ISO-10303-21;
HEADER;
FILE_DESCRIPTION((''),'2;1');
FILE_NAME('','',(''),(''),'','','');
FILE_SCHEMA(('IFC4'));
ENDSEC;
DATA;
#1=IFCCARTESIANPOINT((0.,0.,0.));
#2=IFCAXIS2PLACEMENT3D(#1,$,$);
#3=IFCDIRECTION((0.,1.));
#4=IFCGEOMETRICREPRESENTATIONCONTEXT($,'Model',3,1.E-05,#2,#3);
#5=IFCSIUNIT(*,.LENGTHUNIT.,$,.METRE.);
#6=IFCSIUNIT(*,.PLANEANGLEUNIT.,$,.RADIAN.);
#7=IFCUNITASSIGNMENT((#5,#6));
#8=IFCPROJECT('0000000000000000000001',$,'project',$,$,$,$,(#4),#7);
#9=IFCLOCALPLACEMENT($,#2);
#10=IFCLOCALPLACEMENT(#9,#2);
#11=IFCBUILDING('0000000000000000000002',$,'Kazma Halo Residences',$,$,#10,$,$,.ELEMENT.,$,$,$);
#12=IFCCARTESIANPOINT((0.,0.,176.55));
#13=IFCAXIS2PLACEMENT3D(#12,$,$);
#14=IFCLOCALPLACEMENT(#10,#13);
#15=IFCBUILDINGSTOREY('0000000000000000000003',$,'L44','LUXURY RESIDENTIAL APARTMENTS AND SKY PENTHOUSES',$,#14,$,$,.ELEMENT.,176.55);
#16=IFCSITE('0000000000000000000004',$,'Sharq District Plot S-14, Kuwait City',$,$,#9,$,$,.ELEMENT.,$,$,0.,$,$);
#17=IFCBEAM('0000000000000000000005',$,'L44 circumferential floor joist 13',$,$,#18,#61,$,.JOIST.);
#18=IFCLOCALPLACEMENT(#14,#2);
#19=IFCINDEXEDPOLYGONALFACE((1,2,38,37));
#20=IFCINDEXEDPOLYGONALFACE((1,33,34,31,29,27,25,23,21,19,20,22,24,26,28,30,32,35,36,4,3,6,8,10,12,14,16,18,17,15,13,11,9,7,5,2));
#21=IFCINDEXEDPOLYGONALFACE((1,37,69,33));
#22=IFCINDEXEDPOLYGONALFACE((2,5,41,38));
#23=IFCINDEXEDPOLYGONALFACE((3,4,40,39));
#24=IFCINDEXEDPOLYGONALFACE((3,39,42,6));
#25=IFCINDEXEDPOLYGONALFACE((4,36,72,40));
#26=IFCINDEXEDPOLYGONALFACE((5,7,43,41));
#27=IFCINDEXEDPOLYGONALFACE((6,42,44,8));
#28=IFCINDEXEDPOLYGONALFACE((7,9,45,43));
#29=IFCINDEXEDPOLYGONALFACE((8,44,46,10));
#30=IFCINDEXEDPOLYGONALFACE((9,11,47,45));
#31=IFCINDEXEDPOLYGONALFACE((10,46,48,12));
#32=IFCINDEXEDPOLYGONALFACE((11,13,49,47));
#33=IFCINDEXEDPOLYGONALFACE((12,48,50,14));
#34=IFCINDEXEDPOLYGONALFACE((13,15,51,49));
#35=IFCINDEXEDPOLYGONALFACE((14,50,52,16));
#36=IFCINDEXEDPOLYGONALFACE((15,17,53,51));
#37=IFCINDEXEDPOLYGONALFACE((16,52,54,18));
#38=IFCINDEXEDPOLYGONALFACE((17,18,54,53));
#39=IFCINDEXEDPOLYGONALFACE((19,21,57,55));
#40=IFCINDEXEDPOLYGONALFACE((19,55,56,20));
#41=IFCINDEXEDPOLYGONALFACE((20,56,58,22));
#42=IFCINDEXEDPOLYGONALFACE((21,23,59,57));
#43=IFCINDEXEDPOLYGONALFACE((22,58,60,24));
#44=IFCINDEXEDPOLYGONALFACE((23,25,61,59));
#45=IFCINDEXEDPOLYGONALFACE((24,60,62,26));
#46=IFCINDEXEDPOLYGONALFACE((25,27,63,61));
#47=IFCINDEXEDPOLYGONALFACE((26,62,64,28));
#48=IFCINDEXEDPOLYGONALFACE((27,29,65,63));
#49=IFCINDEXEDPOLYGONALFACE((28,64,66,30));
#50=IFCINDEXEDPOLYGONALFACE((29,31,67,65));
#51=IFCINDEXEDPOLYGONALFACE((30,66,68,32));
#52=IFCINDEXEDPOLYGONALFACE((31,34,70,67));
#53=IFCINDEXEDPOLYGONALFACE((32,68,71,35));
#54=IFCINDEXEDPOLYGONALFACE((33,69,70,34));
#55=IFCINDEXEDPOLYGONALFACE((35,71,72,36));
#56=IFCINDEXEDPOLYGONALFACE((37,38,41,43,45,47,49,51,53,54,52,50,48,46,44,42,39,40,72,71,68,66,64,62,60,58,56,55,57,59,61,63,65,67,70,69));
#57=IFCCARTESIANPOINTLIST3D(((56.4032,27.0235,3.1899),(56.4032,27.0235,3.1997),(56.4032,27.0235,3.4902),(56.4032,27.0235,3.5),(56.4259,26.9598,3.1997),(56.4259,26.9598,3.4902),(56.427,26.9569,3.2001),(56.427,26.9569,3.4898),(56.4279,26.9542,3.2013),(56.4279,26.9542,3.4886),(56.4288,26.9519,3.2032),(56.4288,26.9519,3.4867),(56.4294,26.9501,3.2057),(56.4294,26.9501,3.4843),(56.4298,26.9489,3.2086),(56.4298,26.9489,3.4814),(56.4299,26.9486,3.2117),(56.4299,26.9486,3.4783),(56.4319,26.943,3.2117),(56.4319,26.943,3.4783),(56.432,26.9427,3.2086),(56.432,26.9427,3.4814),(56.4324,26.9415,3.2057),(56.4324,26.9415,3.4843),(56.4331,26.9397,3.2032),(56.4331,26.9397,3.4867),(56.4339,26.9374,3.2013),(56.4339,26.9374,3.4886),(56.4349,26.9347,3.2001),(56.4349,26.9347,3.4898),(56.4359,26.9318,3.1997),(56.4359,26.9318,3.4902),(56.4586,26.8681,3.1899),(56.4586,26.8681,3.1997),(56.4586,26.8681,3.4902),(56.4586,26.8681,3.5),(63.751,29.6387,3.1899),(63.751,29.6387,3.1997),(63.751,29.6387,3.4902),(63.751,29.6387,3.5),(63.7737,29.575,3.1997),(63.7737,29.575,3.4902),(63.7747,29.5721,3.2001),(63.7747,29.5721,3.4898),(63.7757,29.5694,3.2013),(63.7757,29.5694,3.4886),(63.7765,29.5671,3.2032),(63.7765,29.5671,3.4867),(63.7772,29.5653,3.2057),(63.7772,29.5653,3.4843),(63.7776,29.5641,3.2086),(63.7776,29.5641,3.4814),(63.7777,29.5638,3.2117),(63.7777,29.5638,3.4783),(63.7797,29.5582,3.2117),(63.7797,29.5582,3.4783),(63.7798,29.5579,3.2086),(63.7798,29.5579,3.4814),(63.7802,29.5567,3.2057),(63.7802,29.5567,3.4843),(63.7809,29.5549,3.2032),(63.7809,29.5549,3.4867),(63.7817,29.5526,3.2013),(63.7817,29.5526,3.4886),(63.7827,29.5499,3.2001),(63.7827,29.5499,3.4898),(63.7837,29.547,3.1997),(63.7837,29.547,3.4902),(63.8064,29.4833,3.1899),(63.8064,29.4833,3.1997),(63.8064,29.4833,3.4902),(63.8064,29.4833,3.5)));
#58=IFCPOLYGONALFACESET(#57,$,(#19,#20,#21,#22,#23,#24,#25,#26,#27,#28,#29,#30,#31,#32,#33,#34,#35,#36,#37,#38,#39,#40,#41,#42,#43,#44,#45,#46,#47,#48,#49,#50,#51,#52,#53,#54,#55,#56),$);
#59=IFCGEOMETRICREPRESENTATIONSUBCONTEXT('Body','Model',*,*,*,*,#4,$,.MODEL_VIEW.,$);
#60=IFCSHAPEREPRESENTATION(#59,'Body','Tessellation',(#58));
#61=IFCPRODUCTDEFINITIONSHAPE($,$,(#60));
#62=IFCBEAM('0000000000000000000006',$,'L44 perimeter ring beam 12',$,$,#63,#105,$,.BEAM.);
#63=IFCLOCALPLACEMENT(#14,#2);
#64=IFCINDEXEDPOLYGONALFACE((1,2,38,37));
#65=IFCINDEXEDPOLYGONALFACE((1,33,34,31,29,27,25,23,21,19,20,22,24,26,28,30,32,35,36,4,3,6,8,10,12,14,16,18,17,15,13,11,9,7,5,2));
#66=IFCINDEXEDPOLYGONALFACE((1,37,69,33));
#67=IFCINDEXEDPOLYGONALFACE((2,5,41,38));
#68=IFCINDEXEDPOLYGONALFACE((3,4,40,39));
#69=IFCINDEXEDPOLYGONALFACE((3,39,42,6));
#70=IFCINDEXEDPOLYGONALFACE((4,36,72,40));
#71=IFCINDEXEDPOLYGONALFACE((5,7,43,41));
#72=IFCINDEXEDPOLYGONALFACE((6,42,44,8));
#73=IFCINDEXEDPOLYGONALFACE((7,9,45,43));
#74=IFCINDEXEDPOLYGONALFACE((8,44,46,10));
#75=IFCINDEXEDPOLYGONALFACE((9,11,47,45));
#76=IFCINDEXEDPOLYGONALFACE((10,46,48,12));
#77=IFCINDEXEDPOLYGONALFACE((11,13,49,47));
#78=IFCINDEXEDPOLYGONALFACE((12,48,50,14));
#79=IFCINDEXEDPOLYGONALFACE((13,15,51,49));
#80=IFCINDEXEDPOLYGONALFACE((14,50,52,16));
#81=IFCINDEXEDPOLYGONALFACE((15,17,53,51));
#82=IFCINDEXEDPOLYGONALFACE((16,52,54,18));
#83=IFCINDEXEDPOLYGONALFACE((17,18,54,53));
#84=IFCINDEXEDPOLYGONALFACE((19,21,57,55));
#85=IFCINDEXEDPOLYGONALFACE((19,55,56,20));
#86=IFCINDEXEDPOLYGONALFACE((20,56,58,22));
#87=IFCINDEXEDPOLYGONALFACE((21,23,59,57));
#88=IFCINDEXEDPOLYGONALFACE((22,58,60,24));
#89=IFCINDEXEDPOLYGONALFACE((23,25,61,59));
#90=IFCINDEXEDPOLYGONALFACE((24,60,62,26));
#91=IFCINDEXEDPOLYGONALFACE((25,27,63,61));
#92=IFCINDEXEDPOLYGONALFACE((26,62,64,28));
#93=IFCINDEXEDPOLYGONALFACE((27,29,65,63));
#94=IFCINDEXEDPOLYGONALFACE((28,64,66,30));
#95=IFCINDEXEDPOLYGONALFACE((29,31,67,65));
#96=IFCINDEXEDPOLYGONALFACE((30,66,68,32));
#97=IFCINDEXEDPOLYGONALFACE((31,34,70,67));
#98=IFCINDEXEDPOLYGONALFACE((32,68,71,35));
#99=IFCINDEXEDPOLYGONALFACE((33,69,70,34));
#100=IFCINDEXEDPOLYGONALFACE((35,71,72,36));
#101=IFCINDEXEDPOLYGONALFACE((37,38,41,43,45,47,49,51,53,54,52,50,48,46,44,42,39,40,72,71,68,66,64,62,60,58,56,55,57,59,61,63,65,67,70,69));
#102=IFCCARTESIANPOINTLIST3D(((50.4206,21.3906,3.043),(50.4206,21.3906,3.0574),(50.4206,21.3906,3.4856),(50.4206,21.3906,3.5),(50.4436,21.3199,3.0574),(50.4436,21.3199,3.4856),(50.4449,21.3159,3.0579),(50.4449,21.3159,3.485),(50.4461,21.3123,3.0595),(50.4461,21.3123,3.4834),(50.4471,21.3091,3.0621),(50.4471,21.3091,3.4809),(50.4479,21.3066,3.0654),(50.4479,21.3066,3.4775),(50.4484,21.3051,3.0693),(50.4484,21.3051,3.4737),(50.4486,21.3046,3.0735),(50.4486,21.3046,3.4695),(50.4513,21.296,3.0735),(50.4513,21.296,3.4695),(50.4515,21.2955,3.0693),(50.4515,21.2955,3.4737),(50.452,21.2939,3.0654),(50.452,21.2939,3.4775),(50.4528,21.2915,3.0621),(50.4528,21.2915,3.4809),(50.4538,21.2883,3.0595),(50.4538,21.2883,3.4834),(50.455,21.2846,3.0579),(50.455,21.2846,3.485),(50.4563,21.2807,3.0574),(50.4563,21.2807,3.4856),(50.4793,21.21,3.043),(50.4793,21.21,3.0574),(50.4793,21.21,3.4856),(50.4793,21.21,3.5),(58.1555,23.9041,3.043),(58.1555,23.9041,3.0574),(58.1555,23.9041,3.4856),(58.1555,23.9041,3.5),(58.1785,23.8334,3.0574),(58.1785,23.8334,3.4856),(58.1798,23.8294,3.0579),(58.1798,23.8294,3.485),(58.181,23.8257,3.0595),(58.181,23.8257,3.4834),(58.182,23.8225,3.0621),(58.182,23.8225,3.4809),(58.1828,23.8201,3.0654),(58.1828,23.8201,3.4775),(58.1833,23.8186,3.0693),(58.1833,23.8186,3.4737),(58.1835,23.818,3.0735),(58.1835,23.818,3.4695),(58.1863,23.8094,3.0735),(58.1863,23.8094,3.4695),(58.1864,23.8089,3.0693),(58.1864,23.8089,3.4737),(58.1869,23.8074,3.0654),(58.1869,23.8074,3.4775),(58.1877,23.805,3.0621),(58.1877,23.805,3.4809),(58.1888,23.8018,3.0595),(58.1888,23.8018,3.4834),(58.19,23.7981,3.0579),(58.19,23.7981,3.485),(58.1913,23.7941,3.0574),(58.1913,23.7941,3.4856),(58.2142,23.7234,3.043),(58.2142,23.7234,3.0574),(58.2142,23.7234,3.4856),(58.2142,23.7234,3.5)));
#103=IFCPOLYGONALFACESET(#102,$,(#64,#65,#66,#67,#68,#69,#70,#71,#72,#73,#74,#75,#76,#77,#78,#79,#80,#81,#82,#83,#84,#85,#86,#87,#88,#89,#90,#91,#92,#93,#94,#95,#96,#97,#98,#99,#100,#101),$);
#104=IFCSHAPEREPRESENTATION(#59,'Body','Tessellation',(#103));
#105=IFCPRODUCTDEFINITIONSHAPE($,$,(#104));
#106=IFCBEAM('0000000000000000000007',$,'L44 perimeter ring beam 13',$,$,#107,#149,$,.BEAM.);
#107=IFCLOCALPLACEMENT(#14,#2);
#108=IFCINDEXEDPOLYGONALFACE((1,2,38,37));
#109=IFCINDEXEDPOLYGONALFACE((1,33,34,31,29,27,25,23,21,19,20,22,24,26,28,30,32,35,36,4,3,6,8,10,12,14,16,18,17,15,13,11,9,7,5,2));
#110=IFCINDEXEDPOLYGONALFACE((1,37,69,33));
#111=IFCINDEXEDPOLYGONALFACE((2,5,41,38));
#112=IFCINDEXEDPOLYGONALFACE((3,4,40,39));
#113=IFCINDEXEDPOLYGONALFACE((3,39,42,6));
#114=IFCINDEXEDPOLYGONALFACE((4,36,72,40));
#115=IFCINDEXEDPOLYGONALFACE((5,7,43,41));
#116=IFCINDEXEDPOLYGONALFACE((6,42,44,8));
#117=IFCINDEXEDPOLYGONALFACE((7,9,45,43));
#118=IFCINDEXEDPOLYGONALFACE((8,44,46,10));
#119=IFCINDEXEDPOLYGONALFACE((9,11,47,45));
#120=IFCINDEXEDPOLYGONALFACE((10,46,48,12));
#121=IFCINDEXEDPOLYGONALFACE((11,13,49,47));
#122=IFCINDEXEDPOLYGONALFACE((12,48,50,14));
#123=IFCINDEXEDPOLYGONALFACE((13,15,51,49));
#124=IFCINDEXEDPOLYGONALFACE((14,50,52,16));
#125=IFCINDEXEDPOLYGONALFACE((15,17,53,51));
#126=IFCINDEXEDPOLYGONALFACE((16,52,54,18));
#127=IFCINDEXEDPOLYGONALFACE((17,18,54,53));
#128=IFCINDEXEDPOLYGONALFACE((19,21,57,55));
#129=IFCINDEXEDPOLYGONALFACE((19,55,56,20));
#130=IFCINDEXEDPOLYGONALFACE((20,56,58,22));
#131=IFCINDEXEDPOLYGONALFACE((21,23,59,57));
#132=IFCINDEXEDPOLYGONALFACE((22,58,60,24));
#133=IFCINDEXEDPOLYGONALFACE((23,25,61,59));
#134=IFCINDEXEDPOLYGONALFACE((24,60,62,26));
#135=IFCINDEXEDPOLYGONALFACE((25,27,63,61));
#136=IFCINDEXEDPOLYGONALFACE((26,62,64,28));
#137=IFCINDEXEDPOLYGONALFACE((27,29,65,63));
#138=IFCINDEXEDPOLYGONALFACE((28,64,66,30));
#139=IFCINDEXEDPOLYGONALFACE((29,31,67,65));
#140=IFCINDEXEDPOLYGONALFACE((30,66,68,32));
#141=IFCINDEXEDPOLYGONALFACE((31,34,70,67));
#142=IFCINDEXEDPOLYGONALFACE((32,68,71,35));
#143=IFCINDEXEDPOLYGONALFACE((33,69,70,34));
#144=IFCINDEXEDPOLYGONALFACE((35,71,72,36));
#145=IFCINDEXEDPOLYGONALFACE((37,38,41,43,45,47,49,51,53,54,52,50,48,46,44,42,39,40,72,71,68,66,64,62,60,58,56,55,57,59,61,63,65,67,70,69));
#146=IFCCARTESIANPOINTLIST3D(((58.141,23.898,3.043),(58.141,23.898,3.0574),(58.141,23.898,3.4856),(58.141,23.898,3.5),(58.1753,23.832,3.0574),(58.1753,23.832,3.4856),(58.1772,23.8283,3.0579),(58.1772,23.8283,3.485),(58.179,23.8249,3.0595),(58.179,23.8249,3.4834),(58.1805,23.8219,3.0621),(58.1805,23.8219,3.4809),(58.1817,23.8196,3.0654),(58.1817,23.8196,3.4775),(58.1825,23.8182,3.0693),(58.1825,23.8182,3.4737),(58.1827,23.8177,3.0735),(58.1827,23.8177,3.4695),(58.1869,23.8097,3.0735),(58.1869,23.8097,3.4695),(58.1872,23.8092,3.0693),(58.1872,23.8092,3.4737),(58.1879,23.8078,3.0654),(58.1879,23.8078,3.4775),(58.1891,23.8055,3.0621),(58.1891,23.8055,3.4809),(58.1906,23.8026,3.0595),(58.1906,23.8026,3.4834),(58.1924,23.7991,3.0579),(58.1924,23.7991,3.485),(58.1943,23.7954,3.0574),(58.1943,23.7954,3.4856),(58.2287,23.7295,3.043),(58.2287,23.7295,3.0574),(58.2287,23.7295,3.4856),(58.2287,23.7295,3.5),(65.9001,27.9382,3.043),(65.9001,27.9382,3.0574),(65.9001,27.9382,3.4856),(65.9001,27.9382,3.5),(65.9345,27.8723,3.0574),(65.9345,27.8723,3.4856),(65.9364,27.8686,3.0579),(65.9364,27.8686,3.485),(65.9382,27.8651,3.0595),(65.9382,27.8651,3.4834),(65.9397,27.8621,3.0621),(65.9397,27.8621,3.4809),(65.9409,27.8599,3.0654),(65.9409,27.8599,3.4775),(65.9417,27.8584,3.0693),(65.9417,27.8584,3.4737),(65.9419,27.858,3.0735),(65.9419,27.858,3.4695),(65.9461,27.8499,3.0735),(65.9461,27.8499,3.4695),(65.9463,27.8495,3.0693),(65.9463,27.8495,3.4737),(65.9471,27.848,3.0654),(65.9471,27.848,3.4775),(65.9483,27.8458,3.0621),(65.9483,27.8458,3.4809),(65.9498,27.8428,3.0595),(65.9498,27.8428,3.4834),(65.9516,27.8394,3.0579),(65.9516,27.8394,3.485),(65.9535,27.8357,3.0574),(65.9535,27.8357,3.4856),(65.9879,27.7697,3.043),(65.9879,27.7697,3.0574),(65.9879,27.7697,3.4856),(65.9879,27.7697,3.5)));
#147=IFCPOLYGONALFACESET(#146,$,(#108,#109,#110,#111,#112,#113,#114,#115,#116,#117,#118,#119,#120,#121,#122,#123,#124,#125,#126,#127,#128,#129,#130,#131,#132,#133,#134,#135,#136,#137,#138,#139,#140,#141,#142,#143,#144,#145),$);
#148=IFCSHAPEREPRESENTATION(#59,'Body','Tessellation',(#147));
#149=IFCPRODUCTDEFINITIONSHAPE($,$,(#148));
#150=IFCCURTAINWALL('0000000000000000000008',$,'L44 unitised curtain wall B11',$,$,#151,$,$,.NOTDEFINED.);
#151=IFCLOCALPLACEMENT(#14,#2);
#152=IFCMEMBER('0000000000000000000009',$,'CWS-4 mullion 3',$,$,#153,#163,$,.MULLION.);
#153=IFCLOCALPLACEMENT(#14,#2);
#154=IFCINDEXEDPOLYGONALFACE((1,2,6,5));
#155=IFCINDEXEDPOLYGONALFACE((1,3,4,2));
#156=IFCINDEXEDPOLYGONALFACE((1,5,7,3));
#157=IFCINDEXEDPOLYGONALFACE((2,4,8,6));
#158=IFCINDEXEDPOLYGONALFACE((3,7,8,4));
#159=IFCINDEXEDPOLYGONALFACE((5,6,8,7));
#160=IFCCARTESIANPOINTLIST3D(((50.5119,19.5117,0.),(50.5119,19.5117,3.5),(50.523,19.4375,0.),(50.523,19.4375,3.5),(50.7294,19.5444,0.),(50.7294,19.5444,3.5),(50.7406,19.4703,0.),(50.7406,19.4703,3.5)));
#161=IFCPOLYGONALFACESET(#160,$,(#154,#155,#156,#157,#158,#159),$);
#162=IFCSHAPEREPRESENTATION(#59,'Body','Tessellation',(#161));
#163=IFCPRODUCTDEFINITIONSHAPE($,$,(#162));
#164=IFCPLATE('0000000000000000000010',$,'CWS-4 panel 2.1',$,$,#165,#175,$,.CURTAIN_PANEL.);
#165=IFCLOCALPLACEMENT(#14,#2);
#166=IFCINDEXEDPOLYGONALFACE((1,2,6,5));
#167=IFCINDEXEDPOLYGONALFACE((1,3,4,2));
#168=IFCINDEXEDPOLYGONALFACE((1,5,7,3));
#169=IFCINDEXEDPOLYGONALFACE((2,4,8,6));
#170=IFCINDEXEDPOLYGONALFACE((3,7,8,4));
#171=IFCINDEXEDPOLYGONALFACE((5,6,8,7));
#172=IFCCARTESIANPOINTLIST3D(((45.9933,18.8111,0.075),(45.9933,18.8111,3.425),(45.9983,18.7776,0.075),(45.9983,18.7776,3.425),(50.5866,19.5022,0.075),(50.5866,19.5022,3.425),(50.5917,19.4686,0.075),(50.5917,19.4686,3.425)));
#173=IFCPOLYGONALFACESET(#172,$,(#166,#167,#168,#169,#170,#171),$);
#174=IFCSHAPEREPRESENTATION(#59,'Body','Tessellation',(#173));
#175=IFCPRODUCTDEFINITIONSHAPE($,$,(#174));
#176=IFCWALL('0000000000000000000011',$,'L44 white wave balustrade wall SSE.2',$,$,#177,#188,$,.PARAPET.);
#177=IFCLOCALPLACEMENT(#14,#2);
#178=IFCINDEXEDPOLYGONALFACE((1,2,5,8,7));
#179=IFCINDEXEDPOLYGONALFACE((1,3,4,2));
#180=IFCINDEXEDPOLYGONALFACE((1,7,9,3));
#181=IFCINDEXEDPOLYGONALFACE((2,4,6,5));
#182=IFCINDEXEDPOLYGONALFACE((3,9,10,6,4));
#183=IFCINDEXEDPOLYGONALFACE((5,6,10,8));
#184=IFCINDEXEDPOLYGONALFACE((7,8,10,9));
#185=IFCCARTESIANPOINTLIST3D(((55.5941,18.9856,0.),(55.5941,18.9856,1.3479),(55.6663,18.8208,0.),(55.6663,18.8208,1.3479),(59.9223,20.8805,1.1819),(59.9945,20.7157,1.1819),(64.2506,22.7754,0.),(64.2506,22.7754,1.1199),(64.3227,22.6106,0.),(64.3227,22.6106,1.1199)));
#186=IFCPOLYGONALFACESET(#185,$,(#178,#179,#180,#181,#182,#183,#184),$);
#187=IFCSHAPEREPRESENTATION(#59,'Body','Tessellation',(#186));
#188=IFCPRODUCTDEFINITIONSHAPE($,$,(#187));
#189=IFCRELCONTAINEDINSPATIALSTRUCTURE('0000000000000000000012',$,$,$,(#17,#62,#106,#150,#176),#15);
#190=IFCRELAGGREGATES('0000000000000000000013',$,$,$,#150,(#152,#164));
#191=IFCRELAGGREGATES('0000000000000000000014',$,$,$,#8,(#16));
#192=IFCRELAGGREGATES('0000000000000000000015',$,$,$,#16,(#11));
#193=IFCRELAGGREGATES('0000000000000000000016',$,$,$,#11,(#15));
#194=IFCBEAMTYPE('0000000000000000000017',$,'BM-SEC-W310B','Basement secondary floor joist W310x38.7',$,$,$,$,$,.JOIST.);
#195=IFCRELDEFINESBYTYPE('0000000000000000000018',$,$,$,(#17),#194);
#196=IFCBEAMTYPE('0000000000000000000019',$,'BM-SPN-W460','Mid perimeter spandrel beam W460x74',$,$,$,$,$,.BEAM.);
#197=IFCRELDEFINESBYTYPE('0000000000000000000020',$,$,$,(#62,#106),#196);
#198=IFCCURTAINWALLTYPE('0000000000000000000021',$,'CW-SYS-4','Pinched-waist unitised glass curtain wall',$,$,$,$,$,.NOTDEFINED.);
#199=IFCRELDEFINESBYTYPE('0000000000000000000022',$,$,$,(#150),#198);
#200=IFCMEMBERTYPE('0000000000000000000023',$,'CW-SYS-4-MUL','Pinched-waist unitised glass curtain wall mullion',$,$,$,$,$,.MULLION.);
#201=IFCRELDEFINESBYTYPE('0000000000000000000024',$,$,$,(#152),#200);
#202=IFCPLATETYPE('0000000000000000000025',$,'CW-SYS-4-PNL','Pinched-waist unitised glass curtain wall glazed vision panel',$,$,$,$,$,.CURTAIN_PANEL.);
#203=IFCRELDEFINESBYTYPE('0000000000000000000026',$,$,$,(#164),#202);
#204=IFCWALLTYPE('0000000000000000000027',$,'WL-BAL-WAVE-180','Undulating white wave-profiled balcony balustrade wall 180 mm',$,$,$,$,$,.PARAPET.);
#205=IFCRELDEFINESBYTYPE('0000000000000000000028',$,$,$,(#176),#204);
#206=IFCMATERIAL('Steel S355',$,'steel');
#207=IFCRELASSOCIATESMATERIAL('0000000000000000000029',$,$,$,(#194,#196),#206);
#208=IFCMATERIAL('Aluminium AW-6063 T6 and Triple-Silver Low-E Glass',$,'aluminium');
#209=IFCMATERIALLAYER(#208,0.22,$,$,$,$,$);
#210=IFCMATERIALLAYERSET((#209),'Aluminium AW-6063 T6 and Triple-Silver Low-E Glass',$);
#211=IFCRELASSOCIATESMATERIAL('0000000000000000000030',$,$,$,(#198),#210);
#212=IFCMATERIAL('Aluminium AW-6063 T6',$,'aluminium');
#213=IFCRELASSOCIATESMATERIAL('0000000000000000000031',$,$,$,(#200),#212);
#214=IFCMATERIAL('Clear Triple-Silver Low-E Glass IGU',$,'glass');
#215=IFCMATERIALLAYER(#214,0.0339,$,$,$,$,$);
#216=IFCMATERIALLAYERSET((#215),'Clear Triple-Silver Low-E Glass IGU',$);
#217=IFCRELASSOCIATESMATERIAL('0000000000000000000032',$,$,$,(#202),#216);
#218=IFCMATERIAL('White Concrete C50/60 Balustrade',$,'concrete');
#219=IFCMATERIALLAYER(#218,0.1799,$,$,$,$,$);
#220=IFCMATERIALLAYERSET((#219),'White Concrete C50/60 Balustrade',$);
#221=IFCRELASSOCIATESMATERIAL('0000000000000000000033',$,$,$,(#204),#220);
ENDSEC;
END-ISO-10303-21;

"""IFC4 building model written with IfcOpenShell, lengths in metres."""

from ifc_helpers import new_model, si_unit, direction, frame, origin, origin_2d, place, context, subcontext, project, spatial, polyline, rectangle, i_section, outline, extrude, material, layer, layer_set, material_profile, profile_set, type_object, element, aggregate, save


model = new_model("IFC4")

# Units and contexts
model_context = context("Model", 3, precision=1e-05, world=origin(), true_north=direction((0.0, 1.0)))
body_context = subcontext(model_context, "Body", "Model", "MODEL_VIEW")
ifc_project = project(units=[si_unit("LENGTHUNIT", "METRE"), si_unit("PLANEANGLEUNIT", "RADIAN")], contexts=[model_context])

# Site, building, storey
site_placement = place(None, origin())
site = spatial("IfcSite", under=ifc_project, at=site_placement, Name="Sharq District Plot S-14, Kuwait City", CompositionType="ELEMENT", RefElevation=0.0)
building_placement = place(site_placement, origin())
building = spatial("IfcBuilding", under=site, at=building_placement, Name="Kazma Halo Residences", CompositionType="ELEMENT")
storey_placement = place(building_placement, frame((0.0, 0.0, 176.55)))
storey = spatial("IfcBuildingStorey", under=building, at=storey_placement, Name="L44", Description="LUXURY RESIDENTIAL APARTMENTS AND SKY PENTHOUSES", CompositionType="ELEMENT", Elevation=176.55)

# Beams
ifc_material_1 = material(Name="Steel S355", Category="steel")
ifc_material_profile_1 = material_profile(ifc_material_1, i_section(OverallWidth=0.165, OverallDepth=0.3101, WebThickness=0.0059, FlangeThickness=0.0098, FilletRadius=0.012, at=origin_2d()), Name="W310x38.7")
ifc_profile_set_1 = profile_set([ifc_material_profile_1], Name="Steel S355")
beam_type_1 = type_object("IfcBeamType", Name="BM-SEC-W310B", Description="Basement secondary floor joist W310x38.7", PredefinedType="JOIST", material=ifc_profile_set_1)
beam_1_placement = place(storey_placement, frame((56.4309, 26.9458, 3.345), z_axis=(0.942107, 0.335311, 0.0), x_axis=(-0.335311, 0.942107, 0.0)))
element("IfcBeam", 1, at=beam_1_placement, inside=storey, type_object=beam_type_1, Name="L44 circumferential floor joist 13", PredefinedType="JOIST", context=body_context, shape_type="SweptSolid", body=[
    extrude(i_section(OverallWidth=0.165, OverallDepth=0.3101, WebThickness=0.0059, FlangeThickness=0.0098, FilletRadius=0.012, at=origin_2d()), origin(), (0.0, 0.0, 1.0), 7.7993),
])
ifc_material_profile_2 = material_profile(ifc_material_1, i_section(OverallWidth=0.1899, OverallDepth=0.457, WebThickness=0.009, FlangeThickness=0.0144, FilletRadius=0.0161, at=origin_2d()), Name="W460x74")
ifc_profile_set_2 = profile_set([ifc_material_profile_2], Name="Steel S355")
beam_type_2 = type_object("IfcBeamType", Name="BM-SPN-W460", Description="Mid perimeter spandrel beam W460x74", PredefinedType="BEAM", material=ifc_profile_set_2)
beam_2_placement = place(storey_placement, frame((50.45, 21.3003, 3.2715), z_axis=(0.951049, 0.309041, 0.0), x_axis=(-0.309041, 0.951049, 0.0)))
element("IfcBeam", 2, at=beam_2_placement, inside=storey, type_object=beam_type_2, Name="L44 perimeter ring beam 12", PredefinedType="BEAM", context=body_context, shape_type="SweptSolid", body=[
    extrude(i_section(OverallWidth=0.1899, OverallDepth=0.457, WebThickness=0.009, FlangeThickness=0.0144, FilletRadius=0.0161, at=origin_2d()), origin(), (0.0, 0.0, 1.0), 8.1331),
])
beam_3_placement = place(storey_placement, frame((58.1848, 23.8137, 3.2715), z_axis=(0.886961, 0.461844, 0.0), x_axis=(-0.461844, 0.886961, 0.0)))
element("IfcBeam", 3, at=beam_3_placement, inside=storey, type_object=beam_type_2, Name="L44 perimeter ring beam 13", PredefinedType="BEAM", context=body_context, shape_type="SweptSolid", body=[
    extrude(i_section(OverallWidth=0.1899, OverallDepth=0.457, WebThickness=0.009, FlangeThickness=0.0144, FilletRadius=0.0161, at=origin_2d()), origin(), (0.0, 0.0, 1.0), 8.748),
])

# Curtain wall, member, plate
ifc_material_2 = material(Name="Aluminium AW-6063 T6 and Triple-Silver Low-E Glass", Category="aluminium")
ifc_layer_1 = layer(ifc_material_2, 0.22)
ifc_layer_set_1 = layer_set([ifc_layer_1], Name="Aluminium AW-6063 T6 and Triple-Silver Low-E Glass")
curtain_wall_type = type_object("IfcCurtainWallType", Name="CW-SYS-4", Description="Pinched-waist unitised glass curtain wall", PredefinedType="NOTDEFINED", material=ifc_layer_set_1)
curtain_wall_placement = place(storey_placement, origin())
curtain_wall = element("IfcCurtainWall", 4, at=curtain_wall_placement, inside=storey, type_object=curtain_wall_type, Name="L44 unitised curtain wall B11", PredefinedType="NOTDEFINED")
ifc_material_3 = material(Name="Aluminium AW-6063 T6", Category="aluminium")
ifc_material_profile_3 = material_profile(ifc_material_3, rectangle(XDim=0.075, YDim=0.22, at=origin_2d()), Name="CWM-75x220")
ifc_profile_set_3 = profile_set([ifc_material_profile_3], Name="Aluminium AW-6063 T6")
member_type = type_object("IfcMemberType", Name="CW-SYS-4-MUL", Description="Pinched-waist unitised glass curtain wall mullion", PredefinedType="MULLION", material=ifc_profile_set_3)
member_placement = place(storey_placement, frame((50.6262, 19.491, 0.0), z_axis=(0.0, 0.0, 1.0), x_axis=(-0.148773, 0.988871, 0.0)))
member = element("IfcMember", 5, at=member_placement, type_object=member_type, Name="CWS-4 mullion 3", PredefinedType="MULLION", context=body_context, shape_type="SweptSolid", body=[
    extrude(rectangle(XDim=0.075, YDim=0.22, at=origin_2d()), origin(), (0.0, 0.0, 1.0), 3.5),
])
ifc_material_4 = material(Name="Clear Triple-Silver Low-E Glass IGU", Category="glass")
ifc_layer_2 = layer(ifc_material_4, 0.0339)
ifc_layer_set_2 = layer_set([ifc_layer_2], Name="Clear Triple-Silver Low-E Glass IGU")
plate_type = type_object("IfcPlateType", Name="CW-SYS-4-PNL", Description="Pinched-waist unitised glass curtain wall glazed vision panel", PredefinedType="CURTAIN_PANEL", material=ifc_layer_set_2)
plate_placement = place(storey_placement, frame((48.2925, 19.1399, 0.075), z_axis=(0.0, 0.0, 1.0), x_axis=(0.988871, 0.148773, 0.0)))
plate = element("IfcPlate", 6, at=plate_placement, type_object=plate_type, Name="CWS-4 panel 2.1", PredefinedType="CURTAIN_PANEL", context=body_context, shape_type="SweptSolid", body=[
    extrude(rectangle(XDim=4.645, YDim=0.0339, at=origin_2d()), origin(), (0.0, 0.0, 1.0), 3.3501),
])
aggregate(curtain_wall, [member, plate])

# Wall
ifc_material_5 = material(Name="White Concrete C50/60 Balustrade", Category="concrete")
ifc_layer_3 = layer(ifc_material_5, 0.1799)
ifc_layer_set_3 = layer_set([ifc_layer_3], Name="White Concrete C50/60 Balustrade")
wall_type_1 = type_object("IfcWallType", Name="WL-BAL-WAVE-180", Description="Undulating white wave-profiled balcony balustrade wall 180 mm", PredefinedType="PARAPET", material=ifc_layer_set_3)
wall_1_placement = place(storey_placement, frame((55.6301, 18.9033, 0.0), z_axis=(0.0, 0.0, 1.0), x_axis=(0.916057, 0.401048, 0.0)))
element("IfcWall", 7, at=wall_1_placement, inside=storey, type_object=wall_type_1, Name="L44 white wave balustrade wall SSE.2", PredefinedType="PARAPET", context=body_context, shape_type="SweptSolid", body=[
    extrude(outline(polyline([(0.0, 0.0), (9.4497, 0.0), (9.4497, 1.1199), (4.7249, 1.1819), (0.0, 1.3479), (0.0, 0.0)])), frame((0.0, 0.0898, 0.0), z_axis=(0.0, -1.0, 0.0), x_axis=(1.0, 0.0, 0.0)), (0.0, 0.0, 1.0), 0.1799),
])

save(model, "model.ifc")
